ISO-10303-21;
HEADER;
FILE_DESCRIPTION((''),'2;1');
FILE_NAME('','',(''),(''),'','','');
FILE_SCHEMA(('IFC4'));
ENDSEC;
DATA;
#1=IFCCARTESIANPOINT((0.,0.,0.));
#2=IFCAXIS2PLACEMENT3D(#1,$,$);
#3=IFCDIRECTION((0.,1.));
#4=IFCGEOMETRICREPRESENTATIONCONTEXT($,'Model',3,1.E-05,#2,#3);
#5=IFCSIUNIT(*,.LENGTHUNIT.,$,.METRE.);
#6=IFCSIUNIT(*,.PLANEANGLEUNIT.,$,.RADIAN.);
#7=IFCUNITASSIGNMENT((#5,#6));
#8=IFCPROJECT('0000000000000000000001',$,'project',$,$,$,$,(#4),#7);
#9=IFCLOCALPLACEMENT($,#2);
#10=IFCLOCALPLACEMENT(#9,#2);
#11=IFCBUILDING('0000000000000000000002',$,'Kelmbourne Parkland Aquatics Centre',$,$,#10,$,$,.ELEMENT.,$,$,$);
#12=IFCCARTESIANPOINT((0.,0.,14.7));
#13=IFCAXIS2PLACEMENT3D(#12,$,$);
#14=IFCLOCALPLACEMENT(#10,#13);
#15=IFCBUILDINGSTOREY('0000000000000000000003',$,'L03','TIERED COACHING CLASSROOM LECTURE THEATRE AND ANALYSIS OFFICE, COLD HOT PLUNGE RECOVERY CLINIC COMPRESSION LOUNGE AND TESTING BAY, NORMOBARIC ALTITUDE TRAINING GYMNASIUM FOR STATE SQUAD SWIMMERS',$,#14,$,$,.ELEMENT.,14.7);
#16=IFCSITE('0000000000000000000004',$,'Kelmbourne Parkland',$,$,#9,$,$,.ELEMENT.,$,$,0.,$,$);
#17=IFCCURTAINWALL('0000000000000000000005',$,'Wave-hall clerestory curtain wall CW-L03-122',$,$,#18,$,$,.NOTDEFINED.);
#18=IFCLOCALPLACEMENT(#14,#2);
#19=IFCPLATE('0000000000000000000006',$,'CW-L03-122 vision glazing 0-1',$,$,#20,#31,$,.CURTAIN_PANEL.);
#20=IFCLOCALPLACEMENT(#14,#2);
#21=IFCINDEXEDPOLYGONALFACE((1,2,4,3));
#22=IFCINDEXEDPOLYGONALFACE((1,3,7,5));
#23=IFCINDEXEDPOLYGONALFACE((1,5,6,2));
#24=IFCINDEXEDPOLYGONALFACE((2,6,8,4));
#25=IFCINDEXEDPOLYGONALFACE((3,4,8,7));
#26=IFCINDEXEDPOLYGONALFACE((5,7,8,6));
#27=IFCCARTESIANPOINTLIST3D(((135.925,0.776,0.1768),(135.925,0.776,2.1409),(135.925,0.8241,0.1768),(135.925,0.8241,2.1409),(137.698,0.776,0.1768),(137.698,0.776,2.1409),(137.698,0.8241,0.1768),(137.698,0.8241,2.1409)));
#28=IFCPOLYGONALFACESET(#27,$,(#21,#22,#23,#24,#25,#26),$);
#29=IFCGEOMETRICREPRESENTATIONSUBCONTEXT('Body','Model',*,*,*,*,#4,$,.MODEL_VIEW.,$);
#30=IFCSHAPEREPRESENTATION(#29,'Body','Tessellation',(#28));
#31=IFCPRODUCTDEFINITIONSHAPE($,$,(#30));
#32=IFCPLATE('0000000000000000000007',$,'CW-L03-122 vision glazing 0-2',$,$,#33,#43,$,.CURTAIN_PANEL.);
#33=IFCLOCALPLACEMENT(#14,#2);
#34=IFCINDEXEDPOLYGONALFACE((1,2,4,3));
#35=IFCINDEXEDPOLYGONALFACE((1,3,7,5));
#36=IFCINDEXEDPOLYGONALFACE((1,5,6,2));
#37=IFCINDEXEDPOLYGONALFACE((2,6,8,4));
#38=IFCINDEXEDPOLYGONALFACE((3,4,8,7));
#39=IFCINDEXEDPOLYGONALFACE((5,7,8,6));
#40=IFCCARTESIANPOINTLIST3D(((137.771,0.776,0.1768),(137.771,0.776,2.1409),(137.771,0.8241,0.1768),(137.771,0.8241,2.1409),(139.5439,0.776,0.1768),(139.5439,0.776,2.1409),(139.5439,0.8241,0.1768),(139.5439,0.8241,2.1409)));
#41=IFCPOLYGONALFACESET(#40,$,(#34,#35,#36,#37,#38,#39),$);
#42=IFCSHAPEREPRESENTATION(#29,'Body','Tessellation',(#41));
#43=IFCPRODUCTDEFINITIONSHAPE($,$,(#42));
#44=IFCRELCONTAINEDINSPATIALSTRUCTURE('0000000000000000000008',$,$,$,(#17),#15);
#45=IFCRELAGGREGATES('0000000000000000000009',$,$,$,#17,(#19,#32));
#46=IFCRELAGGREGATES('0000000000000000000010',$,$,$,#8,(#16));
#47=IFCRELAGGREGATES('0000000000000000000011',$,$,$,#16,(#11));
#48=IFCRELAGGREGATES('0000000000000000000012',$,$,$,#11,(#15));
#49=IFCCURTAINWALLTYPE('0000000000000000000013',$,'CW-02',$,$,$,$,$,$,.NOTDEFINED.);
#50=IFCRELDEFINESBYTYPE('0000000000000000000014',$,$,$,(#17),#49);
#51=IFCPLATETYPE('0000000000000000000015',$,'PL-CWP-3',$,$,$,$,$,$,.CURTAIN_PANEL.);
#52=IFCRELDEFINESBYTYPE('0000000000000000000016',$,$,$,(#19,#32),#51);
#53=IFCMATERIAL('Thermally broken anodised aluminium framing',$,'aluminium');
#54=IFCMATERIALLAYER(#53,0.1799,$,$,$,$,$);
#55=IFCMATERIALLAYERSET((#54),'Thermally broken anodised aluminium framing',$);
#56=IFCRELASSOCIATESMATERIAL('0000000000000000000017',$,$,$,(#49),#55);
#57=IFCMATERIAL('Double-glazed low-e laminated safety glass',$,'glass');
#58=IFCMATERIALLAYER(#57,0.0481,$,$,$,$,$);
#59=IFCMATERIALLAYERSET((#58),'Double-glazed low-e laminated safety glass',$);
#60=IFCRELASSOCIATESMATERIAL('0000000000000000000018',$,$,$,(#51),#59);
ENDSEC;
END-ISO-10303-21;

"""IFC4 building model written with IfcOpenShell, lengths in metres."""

from ifc_helpers import new_model, si_unit, direction, frame, origin, origin_2d, place, context, subcontext, project, spatial, rectangle, extrude, material, layer, layer_set, type_object, element, aggregate, save


model = new_model("IFC4")

# Units and contexts
model_context = context("Model", 3, precision=1e-05, world=origin(), true_north=direction((0.0, 1.0)))
body_context = subcontext(model_context, "Body", "Model", "MODEL_VIEW")
ifc_project = project(units=[si_unit("LENGTHUNIT", "METRE"), si_unit("PLANEANGLEUNIT", "RADIAN")], contexts=[model_context])

# Site, building, storey
site_placement = place(None, origin())
site = spatial("IfcSite", under=ifc_project, at=site_placement, Name="Kelmbourne Parkland", CompositionType="ELEMENT", RefElevation=0.0)
building_placement = place(site_placement, origin())
building = spatial("IfcBuilding", under=site, at=building_placement, Name="Kelmbourne Parkland Aquatics Centre", CompositionType="ELEMENT")
storey_placement = place(building_placement, frame((0.0, 0.0, 14.7)))
storey = spatial("IfcBuildingStorey", under=building, at=storey_placement, Name="L03", Description="TIERED COACHING CLASSROOM LECTURE THEATRE AND ANALYSIS OFFICE, COLD HOT PLUNGE RECOVERY CLINIC COMPRESSION LOUNGE AND TESTING BAY, NORMOBARIC ALTITUDE TRAINING GYMNASIUM FOR STATE SQUAD SWIMMERS", CompositionType="ELEMENT", Elevation=14.7)

# Curtain wall
ifc_material_1 = material(Name="Thermally broken anodised aluminium framing", Category="aluminium")
ifc_layer_1 = layer(ifc_material_1, 0.1799)
ifc_layer_set_1 = layer_set([ifc_layer_1], Name="Thermally broken anodised aluminium framing")
curtain_wall_type_1 = type_object("IfcCurtainWallType", Name="CW-02", PredefinedType="NOTDEFINED", material=ifc_layer_set_1)
curtain_wall_1_placement = place(storey_placement, origin())
curtain_wall_1 = element("IfcCurtainWall", 1, at=curtain_wall_1_placement, inside=storey, type_object=curtain_wall_type_1, Name="Wave-hall clerestory curtain wall CW-L03-122", PredefinedType="NOTDEFINED")

# Plates
ifc_material_2 = material(Name="Double-glazed low-e laminated safety glass", Category="glass")
ifc_layer_2 = layer(ifc_material_2, 0.0481)
ifc_layer_set_2 = layer_set([ifc_layer_2], Name="Double-glazed low-e laminated safety glass")
plate_type_1 = type_object("IfcPlateType", Name="PL-CWP-3", PredefinedType="CURTAIN_PANEL", material=ifc_layer_set_2)
plate_1_placement = place(storey_placement, frame((136.8115, 0.8, 0.1768), z_axis=(0.0, 0.0, 1.0), x_axis=(1.0, 0.0, 0.0)))
plate_1 = element("IfcPlate", 2, at=plate_1_placement, type_object=plate_type_1, Name="CW-L03-122 vision glazing 0-1", PredefinedType="CURTAIN_PANEL", context=body_context, shape_type="SweptSolid", body=[
    extrude(rectangle(XDim=1.7729, YDim=0.0481, at=origin_2d()), origin(), (0.0, 0.0, 1.0), 1.9641),
])
plate_2_placement = place(storey_placement, frame((138.6575, 0.8, 0.1768), z_axis=(0.0, 0.0, 1.0), x_axis=(1.0, 0.0, 0.0)))
plate_2 = element("IfcPlate", 3, at=plate_2_placement, type_object=plate_type_1, Name="CW-L03-122 vision glazing 0-2", PredefinedType="CURTAIN_PANEL", context=body_context, shape_type="SweptSolid", body=[
    extrude(rectangle(XDim=1.7729, YDim=0.0481, at=origin_2d()), origin(), (0.0, 0.0, 1.0), 1.9641),
])
aggregate(curtain_wall_1, [plate_1, plate_2])

save(model, "model.ifc")
